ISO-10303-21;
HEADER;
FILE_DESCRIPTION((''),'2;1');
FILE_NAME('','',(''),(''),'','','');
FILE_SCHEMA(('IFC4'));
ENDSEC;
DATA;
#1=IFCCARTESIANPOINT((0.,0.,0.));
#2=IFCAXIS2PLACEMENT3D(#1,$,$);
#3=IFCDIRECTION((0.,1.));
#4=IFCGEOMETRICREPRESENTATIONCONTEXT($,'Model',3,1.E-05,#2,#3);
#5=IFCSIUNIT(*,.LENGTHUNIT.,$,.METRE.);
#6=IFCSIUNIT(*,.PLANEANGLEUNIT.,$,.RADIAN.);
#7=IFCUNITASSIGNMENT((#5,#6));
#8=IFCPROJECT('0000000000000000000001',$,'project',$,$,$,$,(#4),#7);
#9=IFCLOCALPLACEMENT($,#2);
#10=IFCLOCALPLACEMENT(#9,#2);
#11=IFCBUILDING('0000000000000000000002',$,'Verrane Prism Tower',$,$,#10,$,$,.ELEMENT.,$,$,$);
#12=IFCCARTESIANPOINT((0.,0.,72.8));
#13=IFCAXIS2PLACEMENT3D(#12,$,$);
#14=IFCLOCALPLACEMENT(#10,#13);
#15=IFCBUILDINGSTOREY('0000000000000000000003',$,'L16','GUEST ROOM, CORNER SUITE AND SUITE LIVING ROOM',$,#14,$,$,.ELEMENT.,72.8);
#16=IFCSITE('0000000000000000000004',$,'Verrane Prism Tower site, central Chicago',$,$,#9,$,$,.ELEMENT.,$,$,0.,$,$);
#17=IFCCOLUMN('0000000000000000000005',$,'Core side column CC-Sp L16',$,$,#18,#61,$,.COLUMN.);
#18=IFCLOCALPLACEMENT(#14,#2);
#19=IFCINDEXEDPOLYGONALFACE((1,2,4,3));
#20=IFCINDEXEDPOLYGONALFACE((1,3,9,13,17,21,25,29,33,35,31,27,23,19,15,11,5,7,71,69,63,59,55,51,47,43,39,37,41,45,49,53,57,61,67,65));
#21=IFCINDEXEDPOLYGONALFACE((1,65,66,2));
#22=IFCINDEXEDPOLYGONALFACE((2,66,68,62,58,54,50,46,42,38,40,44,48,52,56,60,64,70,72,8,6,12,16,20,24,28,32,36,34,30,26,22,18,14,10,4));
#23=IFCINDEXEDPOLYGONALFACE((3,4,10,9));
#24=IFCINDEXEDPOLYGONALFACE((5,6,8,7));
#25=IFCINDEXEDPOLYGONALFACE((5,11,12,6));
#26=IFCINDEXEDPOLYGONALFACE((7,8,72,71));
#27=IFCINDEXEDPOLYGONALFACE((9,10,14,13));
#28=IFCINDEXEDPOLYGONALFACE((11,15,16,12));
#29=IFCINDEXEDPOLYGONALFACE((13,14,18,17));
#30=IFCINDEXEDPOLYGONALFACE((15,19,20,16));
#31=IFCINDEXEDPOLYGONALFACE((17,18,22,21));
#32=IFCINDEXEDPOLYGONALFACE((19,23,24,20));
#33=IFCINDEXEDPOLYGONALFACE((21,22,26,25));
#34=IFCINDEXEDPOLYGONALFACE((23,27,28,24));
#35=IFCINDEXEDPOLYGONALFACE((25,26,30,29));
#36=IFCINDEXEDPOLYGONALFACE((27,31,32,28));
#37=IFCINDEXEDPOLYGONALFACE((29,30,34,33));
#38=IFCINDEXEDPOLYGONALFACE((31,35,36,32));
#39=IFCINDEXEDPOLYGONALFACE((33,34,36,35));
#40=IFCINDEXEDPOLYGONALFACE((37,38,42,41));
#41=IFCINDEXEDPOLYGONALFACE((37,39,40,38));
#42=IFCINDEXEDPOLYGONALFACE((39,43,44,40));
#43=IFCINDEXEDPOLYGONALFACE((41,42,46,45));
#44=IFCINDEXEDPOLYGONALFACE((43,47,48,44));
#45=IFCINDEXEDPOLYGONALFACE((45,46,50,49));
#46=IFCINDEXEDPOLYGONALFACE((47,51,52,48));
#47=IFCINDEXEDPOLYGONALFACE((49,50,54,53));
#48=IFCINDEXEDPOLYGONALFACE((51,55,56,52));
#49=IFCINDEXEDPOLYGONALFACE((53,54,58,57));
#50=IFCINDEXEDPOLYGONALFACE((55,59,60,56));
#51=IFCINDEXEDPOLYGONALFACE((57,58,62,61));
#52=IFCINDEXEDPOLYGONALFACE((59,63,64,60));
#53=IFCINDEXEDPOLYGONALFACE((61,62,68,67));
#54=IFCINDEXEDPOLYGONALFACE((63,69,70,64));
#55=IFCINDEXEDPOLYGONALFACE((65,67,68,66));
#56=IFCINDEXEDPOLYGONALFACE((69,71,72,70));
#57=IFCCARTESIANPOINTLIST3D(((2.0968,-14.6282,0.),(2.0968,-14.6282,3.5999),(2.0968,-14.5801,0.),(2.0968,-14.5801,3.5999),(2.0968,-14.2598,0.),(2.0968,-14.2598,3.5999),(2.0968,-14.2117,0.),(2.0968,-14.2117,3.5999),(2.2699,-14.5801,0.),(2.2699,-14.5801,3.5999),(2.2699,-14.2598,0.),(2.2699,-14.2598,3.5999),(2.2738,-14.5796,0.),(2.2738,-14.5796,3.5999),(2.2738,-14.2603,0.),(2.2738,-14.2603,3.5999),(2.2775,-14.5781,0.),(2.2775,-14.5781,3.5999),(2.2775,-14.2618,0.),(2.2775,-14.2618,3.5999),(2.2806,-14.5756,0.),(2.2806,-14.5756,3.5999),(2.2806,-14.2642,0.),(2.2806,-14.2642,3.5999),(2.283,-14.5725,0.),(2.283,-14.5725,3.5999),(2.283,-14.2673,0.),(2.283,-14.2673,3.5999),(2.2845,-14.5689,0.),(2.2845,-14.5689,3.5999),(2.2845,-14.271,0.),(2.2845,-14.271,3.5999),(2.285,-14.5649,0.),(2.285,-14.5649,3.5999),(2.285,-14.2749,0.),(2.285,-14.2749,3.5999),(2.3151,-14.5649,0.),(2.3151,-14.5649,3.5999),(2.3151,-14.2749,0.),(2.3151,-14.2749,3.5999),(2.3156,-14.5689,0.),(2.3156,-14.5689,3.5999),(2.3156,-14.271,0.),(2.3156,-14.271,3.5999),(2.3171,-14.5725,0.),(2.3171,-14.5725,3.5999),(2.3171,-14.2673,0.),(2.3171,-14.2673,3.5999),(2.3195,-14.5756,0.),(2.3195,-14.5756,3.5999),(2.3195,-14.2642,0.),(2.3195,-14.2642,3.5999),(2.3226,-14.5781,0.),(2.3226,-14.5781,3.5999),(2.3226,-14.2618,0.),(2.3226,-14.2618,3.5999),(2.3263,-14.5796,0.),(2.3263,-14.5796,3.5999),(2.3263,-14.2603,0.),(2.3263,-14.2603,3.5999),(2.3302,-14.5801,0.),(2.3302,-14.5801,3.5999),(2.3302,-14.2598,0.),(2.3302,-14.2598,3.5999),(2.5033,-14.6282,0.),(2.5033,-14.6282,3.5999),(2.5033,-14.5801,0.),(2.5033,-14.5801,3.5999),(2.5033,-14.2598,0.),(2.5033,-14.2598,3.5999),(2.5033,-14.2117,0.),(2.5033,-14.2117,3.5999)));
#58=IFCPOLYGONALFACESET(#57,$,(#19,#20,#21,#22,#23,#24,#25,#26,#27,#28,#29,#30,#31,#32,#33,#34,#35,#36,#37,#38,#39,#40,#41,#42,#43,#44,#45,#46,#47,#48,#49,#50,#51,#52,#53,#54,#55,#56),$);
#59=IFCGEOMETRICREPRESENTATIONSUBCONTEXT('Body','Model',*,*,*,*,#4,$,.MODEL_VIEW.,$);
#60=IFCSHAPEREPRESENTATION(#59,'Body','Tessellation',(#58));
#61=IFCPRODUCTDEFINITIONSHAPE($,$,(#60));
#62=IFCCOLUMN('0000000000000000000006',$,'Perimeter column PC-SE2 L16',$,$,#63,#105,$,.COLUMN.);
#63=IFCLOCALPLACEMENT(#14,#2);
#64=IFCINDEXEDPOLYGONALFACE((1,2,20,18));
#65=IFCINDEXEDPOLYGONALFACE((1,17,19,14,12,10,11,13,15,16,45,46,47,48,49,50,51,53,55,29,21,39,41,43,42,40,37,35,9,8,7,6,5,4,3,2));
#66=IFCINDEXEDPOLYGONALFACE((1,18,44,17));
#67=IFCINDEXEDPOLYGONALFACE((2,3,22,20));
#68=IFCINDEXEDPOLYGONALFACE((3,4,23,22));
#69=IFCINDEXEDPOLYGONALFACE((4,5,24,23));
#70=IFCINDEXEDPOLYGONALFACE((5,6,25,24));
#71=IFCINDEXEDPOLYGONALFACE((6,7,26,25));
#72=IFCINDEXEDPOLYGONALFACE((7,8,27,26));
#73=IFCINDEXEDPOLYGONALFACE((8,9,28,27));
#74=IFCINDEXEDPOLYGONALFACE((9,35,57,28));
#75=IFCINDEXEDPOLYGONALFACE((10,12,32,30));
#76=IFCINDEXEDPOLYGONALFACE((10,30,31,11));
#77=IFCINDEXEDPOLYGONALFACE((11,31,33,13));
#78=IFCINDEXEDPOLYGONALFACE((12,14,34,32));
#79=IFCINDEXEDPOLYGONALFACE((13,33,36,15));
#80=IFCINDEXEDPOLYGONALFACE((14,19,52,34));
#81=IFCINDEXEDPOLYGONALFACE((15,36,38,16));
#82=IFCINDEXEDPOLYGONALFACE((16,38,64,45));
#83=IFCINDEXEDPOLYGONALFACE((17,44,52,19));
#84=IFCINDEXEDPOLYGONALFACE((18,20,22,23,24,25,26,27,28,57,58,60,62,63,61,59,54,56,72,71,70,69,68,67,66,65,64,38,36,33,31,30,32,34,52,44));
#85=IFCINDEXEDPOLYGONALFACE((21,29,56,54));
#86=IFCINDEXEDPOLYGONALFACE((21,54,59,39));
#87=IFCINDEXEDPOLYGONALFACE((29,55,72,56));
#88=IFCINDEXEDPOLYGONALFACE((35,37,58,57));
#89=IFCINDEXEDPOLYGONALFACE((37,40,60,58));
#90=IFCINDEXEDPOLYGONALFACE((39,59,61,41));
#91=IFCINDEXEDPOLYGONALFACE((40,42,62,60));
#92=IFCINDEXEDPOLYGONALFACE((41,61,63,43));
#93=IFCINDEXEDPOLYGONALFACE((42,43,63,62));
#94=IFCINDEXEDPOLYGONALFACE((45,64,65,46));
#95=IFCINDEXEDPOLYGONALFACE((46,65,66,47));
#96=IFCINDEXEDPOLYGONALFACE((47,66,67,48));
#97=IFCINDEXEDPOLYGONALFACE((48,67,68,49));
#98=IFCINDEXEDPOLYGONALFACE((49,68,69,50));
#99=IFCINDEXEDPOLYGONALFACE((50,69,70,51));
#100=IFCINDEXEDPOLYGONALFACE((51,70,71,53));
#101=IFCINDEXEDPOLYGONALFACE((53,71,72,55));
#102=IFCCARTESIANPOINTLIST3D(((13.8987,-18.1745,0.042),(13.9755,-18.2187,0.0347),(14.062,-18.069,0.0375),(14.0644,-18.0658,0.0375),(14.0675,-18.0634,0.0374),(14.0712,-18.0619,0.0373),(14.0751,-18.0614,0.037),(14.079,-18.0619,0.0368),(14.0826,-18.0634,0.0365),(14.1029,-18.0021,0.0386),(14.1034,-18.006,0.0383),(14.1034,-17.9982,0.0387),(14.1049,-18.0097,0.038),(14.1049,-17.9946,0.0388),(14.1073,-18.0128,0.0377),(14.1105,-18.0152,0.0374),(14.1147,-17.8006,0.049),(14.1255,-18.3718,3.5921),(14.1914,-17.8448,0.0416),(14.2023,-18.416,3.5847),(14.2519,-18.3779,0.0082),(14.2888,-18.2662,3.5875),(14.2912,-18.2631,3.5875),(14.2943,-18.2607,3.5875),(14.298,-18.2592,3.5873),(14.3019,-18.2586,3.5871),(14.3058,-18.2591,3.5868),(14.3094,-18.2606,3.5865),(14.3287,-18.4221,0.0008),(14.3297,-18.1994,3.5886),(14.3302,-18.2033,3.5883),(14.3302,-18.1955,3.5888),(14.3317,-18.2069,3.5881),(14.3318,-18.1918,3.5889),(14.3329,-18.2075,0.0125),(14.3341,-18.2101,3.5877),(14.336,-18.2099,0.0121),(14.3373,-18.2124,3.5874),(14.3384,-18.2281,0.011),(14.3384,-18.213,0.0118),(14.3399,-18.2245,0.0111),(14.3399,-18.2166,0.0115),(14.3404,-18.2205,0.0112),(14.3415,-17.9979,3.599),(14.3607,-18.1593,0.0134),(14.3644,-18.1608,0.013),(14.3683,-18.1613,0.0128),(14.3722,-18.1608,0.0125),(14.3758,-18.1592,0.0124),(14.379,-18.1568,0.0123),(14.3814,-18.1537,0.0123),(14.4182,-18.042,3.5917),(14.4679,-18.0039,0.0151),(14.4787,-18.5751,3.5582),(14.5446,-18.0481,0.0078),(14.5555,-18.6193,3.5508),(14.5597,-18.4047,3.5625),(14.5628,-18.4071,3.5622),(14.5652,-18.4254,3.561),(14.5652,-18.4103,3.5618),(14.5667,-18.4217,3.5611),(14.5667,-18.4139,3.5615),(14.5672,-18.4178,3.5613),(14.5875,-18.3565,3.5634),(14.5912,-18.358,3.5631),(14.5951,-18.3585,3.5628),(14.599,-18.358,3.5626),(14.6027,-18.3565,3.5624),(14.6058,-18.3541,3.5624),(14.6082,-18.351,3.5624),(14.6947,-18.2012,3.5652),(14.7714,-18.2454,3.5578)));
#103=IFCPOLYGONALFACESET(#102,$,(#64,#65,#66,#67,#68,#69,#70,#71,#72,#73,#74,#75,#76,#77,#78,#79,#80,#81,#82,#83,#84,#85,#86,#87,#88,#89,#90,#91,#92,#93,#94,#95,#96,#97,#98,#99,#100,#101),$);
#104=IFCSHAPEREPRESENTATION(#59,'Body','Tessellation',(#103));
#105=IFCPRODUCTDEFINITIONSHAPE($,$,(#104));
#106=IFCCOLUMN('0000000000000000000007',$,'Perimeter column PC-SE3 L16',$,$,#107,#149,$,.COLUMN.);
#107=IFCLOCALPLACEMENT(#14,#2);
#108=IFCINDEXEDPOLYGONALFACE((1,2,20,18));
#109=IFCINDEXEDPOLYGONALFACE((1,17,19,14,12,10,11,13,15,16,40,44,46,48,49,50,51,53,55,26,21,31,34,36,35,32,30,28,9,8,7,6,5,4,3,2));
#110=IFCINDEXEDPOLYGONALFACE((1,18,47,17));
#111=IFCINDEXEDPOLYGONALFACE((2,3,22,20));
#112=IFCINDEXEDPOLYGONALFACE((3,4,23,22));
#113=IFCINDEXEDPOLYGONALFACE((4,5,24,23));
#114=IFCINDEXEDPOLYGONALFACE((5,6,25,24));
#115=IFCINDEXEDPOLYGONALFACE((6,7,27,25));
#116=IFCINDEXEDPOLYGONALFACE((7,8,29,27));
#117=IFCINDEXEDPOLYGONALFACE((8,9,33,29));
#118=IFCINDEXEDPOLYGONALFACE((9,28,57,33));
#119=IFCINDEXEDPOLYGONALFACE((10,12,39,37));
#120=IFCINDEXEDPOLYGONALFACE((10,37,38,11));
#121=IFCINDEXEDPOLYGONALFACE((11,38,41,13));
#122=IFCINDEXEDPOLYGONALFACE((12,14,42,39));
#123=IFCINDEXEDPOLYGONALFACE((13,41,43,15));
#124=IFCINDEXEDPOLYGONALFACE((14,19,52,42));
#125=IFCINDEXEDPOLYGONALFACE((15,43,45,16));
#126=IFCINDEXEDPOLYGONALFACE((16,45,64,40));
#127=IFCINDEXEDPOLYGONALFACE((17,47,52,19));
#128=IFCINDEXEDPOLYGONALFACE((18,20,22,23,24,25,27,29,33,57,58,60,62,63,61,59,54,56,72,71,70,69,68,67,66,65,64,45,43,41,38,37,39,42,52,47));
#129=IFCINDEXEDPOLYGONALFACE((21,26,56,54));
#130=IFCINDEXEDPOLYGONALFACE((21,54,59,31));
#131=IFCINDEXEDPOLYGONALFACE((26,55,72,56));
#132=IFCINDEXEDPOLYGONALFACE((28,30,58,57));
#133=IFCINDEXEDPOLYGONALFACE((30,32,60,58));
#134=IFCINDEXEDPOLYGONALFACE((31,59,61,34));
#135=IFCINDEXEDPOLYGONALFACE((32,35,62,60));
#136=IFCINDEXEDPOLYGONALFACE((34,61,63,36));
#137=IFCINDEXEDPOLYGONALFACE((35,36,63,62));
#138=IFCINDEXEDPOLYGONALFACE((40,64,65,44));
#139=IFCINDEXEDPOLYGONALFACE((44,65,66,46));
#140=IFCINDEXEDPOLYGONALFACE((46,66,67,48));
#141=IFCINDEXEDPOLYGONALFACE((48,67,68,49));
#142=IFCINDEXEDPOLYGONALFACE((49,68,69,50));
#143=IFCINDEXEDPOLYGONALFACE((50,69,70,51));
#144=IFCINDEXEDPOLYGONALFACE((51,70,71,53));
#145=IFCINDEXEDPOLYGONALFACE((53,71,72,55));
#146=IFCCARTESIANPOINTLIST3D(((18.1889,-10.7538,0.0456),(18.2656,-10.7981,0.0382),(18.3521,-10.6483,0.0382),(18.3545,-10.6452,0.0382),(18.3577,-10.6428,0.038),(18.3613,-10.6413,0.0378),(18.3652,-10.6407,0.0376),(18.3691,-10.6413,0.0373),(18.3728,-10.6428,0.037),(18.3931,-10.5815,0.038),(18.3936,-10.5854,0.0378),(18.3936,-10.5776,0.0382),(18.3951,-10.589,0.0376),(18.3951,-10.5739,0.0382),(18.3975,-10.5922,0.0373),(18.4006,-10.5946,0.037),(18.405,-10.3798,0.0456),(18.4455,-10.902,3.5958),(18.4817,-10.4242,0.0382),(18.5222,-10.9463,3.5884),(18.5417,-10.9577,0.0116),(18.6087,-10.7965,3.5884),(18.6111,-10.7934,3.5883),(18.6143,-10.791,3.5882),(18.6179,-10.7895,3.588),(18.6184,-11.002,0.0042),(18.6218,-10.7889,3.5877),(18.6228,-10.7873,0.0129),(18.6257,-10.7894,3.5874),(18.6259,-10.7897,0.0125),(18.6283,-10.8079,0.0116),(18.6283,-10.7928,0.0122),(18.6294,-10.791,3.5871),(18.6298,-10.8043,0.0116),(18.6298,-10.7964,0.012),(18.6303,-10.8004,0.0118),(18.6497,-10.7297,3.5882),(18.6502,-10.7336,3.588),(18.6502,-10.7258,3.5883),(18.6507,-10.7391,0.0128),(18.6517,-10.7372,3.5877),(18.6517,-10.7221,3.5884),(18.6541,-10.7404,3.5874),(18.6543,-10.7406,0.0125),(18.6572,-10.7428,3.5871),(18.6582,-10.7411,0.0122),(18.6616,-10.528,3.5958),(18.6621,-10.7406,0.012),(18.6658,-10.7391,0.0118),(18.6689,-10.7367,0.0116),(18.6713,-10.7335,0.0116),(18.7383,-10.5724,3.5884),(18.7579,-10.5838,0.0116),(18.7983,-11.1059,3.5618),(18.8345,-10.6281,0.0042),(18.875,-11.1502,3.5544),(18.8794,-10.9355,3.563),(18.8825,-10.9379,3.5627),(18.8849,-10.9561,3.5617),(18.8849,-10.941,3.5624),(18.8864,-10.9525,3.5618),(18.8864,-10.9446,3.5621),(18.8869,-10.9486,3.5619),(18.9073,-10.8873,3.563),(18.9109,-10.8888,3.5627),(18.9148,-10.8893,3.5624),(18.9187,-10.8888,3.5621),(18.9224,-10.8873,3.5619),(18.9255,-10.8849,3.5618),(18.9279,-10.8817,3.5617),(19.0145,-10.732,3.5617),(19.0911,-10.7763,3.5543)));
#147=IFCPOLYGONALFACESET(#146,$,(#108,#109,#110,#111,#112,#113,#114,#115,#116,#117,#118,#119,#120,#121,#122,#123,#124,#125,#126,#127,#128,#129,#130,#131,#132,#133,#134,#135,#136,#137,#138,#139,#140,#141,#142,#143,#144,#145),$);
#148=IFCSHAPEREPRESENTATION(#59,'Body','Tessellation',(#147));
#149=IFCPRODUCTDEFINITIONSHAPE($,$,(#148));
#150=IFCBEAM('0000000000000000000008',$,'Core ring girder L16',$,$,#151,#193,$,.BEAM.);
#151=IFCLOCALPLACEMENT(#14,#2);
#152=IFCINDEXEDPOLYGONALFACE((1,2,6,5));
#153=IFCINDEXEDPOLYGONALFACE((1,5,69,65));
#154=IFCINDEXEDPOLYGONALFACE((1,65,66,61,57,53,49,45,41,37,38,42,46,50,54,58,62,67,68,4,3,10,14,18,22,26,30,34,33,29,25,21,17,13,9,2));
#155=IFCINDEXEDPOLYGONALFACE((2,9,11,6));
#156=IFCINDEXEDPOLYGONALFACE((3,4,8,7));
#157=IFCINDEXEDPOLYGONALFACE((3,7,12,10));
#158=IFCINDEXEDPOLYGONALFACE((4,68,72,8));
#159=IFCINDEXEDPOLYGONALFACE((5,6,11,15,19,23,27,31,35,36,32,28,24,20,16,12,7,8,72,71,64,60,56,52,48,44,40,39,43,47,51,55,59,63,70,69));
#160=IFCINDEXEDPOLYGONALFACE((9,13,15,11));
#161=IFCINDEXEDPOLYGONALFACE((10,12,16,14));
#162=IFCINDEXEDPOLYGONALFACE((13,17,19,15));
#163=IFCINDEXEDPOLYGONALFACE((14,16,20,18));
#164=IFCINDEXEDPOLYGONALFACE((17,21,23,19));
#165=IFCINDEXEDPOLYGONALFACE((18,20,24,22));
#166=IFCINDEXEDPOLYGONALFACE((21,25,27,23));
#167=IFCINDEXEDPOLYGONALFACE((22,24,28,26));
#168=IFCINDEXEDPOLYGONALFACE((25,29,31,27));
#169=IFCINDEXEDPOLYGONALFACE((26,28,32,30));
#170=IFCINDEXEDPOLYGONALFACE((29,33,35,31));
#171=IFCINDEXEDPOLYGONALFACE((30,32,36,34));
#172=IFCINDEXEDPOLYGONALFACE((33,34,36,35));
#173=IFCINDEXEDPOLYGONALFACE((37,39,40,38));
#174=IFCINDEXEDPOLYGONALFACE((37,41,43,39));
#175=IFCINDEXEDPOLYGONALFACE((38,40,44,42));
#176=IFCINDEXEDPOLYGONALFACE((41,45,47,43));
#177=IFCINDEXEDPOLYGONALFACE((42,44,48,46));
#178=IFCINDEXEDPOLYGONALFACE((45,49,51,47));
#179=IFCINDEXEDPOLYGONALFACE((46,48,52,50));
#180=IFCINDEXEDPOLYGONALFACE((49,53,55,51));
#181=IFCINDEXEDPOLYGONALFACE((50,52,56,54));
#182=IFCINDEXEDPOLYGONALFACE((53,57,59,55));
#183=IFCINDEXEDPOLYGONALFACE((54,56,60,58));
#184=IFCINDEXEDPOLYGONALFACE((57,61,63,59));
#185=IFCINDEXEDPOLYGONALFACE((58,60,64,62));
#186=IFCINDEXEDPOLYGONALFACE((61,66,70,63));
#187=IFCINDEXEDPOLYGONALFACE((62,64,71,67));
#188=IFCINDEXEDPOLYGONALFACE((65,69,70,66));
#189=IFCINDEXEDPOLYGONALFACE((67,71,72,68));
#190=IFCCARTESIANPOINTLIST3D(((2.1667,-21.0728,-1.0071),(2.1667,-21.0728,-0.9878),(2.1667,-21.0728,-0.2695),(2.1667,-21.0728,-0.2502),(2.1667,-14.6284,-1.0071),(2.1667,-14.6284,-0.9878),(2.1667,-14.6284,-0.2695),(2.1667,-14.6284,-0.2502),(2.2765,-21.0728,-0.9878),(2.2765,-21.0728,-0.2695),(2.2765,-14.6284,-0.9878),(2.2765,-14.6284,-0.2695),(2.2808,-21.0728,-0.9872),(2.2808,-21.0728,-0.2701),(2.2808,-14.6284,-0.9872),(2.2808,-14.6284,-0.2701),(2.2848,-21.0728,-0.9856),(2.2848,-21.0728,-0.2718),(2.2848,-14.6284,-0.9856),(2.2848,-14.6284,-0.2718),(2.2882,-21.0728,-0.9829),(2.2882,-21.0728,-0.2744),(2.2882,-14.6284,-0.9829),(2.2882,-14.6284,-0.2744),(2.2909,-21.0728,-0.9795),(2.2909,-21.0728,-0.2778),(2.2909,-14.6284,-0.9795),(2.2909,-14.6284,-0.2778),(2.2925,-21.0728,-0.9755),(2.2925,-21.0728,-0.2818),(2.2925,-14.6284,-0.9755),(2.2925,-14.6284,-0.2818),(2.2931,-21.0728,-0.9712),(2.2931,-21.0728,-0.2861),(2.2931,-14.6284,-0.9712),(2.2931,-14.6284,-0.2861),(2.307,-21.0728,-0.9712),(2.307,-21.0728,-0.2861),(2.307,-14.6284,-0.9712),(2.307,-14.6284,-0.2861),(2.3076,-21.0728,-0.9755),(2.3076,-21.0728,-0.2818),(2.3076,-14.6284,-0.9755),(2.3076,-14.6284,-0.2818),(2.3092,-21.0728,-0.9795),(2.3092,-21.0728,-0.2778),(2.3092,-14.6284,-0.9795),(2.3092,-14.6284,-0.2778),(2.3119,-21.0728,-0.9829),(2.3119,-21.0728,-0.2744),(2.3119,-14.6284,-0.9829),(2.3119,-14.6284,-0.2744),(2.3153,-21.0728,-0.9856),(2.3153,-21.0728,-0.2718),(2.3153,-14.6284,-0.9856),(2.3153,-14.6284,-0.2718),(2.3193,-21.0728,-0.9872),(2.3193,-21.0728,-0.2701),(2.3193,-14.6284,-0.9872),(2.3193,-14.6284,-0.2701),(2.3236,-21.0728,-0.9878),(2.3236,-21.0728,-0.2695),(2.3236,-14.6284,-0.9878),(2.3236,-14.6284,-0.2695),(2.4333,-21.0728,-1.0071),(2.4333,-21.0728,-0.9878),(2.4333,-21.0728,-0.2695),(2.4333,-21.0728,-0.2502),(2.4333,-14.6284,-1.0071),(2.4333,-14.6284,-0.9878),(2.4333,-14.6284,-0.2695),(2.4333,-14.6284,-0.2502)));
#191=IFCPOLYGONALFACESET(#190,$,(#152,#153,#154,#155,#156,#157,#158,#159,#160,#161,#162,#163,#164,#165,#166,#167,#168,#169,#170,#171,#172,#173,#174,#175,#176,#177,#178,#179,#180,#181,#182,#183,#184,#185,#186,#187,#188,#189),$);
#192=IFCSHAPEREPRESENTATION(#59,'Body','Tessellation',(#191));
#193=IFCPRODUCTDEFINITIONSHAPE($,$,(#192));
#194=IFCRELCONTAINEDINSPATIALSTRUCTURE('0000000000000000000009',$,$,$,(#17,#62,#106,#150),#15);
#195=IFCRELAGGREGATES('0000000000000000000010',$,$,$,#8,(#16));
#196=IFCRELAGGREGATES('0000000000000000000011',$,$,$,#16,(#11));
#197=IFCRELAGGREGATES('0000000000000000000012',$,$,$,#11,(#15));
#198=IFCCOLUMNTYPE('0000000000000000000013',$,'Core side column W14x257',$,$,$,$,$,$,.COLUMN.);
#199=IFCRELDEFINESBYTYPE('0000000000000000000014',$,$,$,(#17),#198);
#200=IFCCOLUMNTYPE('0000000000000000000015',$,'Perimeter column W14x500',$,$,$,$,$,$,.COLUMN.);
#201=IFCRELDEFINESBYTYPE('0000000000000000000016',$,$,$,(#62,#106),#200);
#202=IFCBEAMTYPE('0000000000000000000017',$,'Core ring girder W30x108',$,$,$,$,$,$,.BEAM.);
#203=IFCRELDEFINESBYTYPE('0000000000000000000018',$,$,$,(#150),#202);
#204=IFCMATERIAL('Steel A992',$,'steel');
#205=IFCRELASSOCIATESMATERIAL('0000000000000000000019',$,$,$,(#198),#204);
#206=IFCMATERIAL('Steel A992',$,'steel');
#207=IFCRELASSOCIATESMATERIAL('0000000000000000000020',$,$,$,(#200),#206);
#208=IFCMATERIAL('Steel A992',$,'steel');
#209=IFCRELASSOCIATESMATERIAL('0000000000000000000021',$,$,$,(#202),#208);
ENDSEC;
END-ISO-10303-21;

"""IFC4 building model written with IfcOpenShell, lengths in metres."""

from ifc_helpers import new_model, si_unit, direction, frame, origin, origin_2d, place, context, subcontext, project, spatial, i_section, extrude, material, material_profile, profile_set, type_object, element, save


model = new_model("IFC4")

# Units and contexts
model_context = context("Model", 3, precision=1e-05, world=origin(), true_north=direction((0.0, 1.0)))
body_context = subcontext(model_context, "Body", "Model", "MODEL_VIEW")
ifc_project = project(units=[si_unit("LENGTHUNIT", "METRE"), si_unit("PLANEANGLEUNIT", "RADIAN")], contexts=[model_context])

# Site, building, storey
site_placement = place(None, origin())
site = spatial("IfcSite", under=ifc_project, at=site_placement, Name="Verrane Prism Tower site, central Chicago", CompositionType="ELEMENT", RefElevation=0.0)
building_placement = place(site_placement, origin())
building = spatial("IfcBuilding", under=site, at=building_placement, Name="Verrane Prism Tower", CompositionType="ELEMENT")
storey_placement = place(building_placement, frame((0.0, 0.0, 72.8)))
storey = spatial("IfcBuildingStorey", under=building, at=storey_placement, Name="L16", Description="GUEST ROOM, CORNER SUITE AND SUITE LIVING ROOM", CompositionType="ELEMENT", Elevation=72.8)

# Columns
ifc_material_1 = material(Name="Steel A992", Category="steel")
ifc_material_profile_1 = material_profile(ifc_material_1, i_section(OverallWidth=0.4065, OverallDepth=0.4165, WebThickness=0.03, FlangeThickness=0.0481, FilletRadius=0.0151, at=origin_2d()), Name="W14x257")
ifc_profile_set_1 = profile_set([ifc_material_profile_1], Name="Steel A992")
column_type_1 = type_object("IfcColumnType", Name="Core side column W14x257", PredefinedType="COLUMN", material=ifc_profile_set_1)
column_1_placement = place(storey_placement, frame((2.3, -14.4199, 0.0), z_axis=(0.0, 0.0, 1.0), x_axis=(1.0, 0.0, 0.0)))
element("IfcColumn", 1, at=column_1_placement, inside=storey, type_object=column_type_1, Name="Core side column CC-Sp L16", PredefinedType="COLUMN", context=body_context, shape_type="SweptSolid", body=[
    extrude(i_section(OverallWidth=0.4065, OverallDepth=0.4165, WebThickness=0.03, FlangeThickness=0.0481, FilletRadius=0.0151, at=origin_2d()), origin(), (0.0, 0.0, 1.0), 3.5999),
])
ifc_material_2 = material(Name="Steel A992", Category="steel")
ifc_material_profile_2 = material_profile(ifc_material_2, i_section(OverallWidth=0.4319, OverallDepth=0.4978, WebThickness=0.0557, FlangeThickness=0.0889, FilletRadius=0.0151, at=origin_2d()), Name="W14x500")
ifc_profile_set_2 = profile_set([ifc_material_profile_2], Name="Steel A992")
column_type_2 = type_object("IfcColumnType", Name="Perimeter column W14x500", PredefinedType="COLUMN", material=ifc_profile_set_2)
column_2_placement = place(storey_placement, frame((14.2217, -18.1113, 0.0249), z_axis=(0.063661, -0.055369, 0.996434), x_axis=(-0.500027, -0.865859, -0.016167)))
element("IfcColumn", 2, at=column_2_placement, inside=storey, type_object=column_type_2, Name="Perimeter column PC-SE2 L16", PredefinedType="COLUMN", context=body_context, shape_type="SweptSolid", body=[
    extrude(i_section(OverallWidth=0.4319, OverallDepth=0.4978, WebThickness=0.0557, FlangeThickness=0.0889, FilletRadius=0.0151, at=origin_2d()), origin(), (0.0, 0.0, 1.0), 3.5627),
])
column_3_placement = place(storey_placement, frame((18.5117, -10.6909, 0.0249), z_axis=(0.072028, -0.041599, 0.996535), x_axis=(-0.500404, -0.865792, 0.000027)))
element("IfcColumn", 3, at=column_3_placement, inside=storey, type_object=column_type_2, Name="Perimeter column PC-SE3 L16", PredefinedType="COLUMN", context=body_context, shape_type="SweptSolid", body=[
    extrude(i_section(OverallWidth=0.4319, OverallDepth=0.4978, WebThickness=0.0557, FlangeThickness=0.0889, FilletRadius=0.0151, at=origin_2d()), origin(), (0.0, 0.0, 1.0), 3.5625),
])

# Beam
ifc_material_3 = material(Name="Steel A992", Category="steel")
ifc_material_profile_3 = material_profile(ifc_material_3, i_section(OverallWidth=0.2666, OverallDepth=0.7568, WebThickness=0.0139, FlangeThickness=0.0193, FilletRadius=0.0166, at=origin_2d()), Name="W30x108")
ifc_profile_set_3 = profile_set([ifc_material_profile_3], Name="Steel A992")
beam_type_1 = type_object("IfcBeamType", Name="Core ring girder W30x108", PredefinedType="BEAM", material=ifc_profile_set_3)
beam_1_placement = place(storey_placement, frame((2.3, -21.0728, -0.6287), z_axis=(0.0, 1.0, 0.0), x_axis=(-1.0, 0.0, 0.0)))
element("IfcBeam", 4, at=beam_1_placement, inside=storey, type_object=beam_type_1, Name="Core ring girder L16", PredefinedType="BEAM", context=body_context, shape_type="SweptSolid", body=[
    extrude(i_section(OverallWidth=0.2666, OverallDepth=0.7568, WebThickness=0.0139, FlangeThickness=0.0193, FilletRadius=0.0166, at=origin_2d()), origin(), (0.0, 0.0, 1.0), 6.4443),
])

save(model, "model.ifc")
